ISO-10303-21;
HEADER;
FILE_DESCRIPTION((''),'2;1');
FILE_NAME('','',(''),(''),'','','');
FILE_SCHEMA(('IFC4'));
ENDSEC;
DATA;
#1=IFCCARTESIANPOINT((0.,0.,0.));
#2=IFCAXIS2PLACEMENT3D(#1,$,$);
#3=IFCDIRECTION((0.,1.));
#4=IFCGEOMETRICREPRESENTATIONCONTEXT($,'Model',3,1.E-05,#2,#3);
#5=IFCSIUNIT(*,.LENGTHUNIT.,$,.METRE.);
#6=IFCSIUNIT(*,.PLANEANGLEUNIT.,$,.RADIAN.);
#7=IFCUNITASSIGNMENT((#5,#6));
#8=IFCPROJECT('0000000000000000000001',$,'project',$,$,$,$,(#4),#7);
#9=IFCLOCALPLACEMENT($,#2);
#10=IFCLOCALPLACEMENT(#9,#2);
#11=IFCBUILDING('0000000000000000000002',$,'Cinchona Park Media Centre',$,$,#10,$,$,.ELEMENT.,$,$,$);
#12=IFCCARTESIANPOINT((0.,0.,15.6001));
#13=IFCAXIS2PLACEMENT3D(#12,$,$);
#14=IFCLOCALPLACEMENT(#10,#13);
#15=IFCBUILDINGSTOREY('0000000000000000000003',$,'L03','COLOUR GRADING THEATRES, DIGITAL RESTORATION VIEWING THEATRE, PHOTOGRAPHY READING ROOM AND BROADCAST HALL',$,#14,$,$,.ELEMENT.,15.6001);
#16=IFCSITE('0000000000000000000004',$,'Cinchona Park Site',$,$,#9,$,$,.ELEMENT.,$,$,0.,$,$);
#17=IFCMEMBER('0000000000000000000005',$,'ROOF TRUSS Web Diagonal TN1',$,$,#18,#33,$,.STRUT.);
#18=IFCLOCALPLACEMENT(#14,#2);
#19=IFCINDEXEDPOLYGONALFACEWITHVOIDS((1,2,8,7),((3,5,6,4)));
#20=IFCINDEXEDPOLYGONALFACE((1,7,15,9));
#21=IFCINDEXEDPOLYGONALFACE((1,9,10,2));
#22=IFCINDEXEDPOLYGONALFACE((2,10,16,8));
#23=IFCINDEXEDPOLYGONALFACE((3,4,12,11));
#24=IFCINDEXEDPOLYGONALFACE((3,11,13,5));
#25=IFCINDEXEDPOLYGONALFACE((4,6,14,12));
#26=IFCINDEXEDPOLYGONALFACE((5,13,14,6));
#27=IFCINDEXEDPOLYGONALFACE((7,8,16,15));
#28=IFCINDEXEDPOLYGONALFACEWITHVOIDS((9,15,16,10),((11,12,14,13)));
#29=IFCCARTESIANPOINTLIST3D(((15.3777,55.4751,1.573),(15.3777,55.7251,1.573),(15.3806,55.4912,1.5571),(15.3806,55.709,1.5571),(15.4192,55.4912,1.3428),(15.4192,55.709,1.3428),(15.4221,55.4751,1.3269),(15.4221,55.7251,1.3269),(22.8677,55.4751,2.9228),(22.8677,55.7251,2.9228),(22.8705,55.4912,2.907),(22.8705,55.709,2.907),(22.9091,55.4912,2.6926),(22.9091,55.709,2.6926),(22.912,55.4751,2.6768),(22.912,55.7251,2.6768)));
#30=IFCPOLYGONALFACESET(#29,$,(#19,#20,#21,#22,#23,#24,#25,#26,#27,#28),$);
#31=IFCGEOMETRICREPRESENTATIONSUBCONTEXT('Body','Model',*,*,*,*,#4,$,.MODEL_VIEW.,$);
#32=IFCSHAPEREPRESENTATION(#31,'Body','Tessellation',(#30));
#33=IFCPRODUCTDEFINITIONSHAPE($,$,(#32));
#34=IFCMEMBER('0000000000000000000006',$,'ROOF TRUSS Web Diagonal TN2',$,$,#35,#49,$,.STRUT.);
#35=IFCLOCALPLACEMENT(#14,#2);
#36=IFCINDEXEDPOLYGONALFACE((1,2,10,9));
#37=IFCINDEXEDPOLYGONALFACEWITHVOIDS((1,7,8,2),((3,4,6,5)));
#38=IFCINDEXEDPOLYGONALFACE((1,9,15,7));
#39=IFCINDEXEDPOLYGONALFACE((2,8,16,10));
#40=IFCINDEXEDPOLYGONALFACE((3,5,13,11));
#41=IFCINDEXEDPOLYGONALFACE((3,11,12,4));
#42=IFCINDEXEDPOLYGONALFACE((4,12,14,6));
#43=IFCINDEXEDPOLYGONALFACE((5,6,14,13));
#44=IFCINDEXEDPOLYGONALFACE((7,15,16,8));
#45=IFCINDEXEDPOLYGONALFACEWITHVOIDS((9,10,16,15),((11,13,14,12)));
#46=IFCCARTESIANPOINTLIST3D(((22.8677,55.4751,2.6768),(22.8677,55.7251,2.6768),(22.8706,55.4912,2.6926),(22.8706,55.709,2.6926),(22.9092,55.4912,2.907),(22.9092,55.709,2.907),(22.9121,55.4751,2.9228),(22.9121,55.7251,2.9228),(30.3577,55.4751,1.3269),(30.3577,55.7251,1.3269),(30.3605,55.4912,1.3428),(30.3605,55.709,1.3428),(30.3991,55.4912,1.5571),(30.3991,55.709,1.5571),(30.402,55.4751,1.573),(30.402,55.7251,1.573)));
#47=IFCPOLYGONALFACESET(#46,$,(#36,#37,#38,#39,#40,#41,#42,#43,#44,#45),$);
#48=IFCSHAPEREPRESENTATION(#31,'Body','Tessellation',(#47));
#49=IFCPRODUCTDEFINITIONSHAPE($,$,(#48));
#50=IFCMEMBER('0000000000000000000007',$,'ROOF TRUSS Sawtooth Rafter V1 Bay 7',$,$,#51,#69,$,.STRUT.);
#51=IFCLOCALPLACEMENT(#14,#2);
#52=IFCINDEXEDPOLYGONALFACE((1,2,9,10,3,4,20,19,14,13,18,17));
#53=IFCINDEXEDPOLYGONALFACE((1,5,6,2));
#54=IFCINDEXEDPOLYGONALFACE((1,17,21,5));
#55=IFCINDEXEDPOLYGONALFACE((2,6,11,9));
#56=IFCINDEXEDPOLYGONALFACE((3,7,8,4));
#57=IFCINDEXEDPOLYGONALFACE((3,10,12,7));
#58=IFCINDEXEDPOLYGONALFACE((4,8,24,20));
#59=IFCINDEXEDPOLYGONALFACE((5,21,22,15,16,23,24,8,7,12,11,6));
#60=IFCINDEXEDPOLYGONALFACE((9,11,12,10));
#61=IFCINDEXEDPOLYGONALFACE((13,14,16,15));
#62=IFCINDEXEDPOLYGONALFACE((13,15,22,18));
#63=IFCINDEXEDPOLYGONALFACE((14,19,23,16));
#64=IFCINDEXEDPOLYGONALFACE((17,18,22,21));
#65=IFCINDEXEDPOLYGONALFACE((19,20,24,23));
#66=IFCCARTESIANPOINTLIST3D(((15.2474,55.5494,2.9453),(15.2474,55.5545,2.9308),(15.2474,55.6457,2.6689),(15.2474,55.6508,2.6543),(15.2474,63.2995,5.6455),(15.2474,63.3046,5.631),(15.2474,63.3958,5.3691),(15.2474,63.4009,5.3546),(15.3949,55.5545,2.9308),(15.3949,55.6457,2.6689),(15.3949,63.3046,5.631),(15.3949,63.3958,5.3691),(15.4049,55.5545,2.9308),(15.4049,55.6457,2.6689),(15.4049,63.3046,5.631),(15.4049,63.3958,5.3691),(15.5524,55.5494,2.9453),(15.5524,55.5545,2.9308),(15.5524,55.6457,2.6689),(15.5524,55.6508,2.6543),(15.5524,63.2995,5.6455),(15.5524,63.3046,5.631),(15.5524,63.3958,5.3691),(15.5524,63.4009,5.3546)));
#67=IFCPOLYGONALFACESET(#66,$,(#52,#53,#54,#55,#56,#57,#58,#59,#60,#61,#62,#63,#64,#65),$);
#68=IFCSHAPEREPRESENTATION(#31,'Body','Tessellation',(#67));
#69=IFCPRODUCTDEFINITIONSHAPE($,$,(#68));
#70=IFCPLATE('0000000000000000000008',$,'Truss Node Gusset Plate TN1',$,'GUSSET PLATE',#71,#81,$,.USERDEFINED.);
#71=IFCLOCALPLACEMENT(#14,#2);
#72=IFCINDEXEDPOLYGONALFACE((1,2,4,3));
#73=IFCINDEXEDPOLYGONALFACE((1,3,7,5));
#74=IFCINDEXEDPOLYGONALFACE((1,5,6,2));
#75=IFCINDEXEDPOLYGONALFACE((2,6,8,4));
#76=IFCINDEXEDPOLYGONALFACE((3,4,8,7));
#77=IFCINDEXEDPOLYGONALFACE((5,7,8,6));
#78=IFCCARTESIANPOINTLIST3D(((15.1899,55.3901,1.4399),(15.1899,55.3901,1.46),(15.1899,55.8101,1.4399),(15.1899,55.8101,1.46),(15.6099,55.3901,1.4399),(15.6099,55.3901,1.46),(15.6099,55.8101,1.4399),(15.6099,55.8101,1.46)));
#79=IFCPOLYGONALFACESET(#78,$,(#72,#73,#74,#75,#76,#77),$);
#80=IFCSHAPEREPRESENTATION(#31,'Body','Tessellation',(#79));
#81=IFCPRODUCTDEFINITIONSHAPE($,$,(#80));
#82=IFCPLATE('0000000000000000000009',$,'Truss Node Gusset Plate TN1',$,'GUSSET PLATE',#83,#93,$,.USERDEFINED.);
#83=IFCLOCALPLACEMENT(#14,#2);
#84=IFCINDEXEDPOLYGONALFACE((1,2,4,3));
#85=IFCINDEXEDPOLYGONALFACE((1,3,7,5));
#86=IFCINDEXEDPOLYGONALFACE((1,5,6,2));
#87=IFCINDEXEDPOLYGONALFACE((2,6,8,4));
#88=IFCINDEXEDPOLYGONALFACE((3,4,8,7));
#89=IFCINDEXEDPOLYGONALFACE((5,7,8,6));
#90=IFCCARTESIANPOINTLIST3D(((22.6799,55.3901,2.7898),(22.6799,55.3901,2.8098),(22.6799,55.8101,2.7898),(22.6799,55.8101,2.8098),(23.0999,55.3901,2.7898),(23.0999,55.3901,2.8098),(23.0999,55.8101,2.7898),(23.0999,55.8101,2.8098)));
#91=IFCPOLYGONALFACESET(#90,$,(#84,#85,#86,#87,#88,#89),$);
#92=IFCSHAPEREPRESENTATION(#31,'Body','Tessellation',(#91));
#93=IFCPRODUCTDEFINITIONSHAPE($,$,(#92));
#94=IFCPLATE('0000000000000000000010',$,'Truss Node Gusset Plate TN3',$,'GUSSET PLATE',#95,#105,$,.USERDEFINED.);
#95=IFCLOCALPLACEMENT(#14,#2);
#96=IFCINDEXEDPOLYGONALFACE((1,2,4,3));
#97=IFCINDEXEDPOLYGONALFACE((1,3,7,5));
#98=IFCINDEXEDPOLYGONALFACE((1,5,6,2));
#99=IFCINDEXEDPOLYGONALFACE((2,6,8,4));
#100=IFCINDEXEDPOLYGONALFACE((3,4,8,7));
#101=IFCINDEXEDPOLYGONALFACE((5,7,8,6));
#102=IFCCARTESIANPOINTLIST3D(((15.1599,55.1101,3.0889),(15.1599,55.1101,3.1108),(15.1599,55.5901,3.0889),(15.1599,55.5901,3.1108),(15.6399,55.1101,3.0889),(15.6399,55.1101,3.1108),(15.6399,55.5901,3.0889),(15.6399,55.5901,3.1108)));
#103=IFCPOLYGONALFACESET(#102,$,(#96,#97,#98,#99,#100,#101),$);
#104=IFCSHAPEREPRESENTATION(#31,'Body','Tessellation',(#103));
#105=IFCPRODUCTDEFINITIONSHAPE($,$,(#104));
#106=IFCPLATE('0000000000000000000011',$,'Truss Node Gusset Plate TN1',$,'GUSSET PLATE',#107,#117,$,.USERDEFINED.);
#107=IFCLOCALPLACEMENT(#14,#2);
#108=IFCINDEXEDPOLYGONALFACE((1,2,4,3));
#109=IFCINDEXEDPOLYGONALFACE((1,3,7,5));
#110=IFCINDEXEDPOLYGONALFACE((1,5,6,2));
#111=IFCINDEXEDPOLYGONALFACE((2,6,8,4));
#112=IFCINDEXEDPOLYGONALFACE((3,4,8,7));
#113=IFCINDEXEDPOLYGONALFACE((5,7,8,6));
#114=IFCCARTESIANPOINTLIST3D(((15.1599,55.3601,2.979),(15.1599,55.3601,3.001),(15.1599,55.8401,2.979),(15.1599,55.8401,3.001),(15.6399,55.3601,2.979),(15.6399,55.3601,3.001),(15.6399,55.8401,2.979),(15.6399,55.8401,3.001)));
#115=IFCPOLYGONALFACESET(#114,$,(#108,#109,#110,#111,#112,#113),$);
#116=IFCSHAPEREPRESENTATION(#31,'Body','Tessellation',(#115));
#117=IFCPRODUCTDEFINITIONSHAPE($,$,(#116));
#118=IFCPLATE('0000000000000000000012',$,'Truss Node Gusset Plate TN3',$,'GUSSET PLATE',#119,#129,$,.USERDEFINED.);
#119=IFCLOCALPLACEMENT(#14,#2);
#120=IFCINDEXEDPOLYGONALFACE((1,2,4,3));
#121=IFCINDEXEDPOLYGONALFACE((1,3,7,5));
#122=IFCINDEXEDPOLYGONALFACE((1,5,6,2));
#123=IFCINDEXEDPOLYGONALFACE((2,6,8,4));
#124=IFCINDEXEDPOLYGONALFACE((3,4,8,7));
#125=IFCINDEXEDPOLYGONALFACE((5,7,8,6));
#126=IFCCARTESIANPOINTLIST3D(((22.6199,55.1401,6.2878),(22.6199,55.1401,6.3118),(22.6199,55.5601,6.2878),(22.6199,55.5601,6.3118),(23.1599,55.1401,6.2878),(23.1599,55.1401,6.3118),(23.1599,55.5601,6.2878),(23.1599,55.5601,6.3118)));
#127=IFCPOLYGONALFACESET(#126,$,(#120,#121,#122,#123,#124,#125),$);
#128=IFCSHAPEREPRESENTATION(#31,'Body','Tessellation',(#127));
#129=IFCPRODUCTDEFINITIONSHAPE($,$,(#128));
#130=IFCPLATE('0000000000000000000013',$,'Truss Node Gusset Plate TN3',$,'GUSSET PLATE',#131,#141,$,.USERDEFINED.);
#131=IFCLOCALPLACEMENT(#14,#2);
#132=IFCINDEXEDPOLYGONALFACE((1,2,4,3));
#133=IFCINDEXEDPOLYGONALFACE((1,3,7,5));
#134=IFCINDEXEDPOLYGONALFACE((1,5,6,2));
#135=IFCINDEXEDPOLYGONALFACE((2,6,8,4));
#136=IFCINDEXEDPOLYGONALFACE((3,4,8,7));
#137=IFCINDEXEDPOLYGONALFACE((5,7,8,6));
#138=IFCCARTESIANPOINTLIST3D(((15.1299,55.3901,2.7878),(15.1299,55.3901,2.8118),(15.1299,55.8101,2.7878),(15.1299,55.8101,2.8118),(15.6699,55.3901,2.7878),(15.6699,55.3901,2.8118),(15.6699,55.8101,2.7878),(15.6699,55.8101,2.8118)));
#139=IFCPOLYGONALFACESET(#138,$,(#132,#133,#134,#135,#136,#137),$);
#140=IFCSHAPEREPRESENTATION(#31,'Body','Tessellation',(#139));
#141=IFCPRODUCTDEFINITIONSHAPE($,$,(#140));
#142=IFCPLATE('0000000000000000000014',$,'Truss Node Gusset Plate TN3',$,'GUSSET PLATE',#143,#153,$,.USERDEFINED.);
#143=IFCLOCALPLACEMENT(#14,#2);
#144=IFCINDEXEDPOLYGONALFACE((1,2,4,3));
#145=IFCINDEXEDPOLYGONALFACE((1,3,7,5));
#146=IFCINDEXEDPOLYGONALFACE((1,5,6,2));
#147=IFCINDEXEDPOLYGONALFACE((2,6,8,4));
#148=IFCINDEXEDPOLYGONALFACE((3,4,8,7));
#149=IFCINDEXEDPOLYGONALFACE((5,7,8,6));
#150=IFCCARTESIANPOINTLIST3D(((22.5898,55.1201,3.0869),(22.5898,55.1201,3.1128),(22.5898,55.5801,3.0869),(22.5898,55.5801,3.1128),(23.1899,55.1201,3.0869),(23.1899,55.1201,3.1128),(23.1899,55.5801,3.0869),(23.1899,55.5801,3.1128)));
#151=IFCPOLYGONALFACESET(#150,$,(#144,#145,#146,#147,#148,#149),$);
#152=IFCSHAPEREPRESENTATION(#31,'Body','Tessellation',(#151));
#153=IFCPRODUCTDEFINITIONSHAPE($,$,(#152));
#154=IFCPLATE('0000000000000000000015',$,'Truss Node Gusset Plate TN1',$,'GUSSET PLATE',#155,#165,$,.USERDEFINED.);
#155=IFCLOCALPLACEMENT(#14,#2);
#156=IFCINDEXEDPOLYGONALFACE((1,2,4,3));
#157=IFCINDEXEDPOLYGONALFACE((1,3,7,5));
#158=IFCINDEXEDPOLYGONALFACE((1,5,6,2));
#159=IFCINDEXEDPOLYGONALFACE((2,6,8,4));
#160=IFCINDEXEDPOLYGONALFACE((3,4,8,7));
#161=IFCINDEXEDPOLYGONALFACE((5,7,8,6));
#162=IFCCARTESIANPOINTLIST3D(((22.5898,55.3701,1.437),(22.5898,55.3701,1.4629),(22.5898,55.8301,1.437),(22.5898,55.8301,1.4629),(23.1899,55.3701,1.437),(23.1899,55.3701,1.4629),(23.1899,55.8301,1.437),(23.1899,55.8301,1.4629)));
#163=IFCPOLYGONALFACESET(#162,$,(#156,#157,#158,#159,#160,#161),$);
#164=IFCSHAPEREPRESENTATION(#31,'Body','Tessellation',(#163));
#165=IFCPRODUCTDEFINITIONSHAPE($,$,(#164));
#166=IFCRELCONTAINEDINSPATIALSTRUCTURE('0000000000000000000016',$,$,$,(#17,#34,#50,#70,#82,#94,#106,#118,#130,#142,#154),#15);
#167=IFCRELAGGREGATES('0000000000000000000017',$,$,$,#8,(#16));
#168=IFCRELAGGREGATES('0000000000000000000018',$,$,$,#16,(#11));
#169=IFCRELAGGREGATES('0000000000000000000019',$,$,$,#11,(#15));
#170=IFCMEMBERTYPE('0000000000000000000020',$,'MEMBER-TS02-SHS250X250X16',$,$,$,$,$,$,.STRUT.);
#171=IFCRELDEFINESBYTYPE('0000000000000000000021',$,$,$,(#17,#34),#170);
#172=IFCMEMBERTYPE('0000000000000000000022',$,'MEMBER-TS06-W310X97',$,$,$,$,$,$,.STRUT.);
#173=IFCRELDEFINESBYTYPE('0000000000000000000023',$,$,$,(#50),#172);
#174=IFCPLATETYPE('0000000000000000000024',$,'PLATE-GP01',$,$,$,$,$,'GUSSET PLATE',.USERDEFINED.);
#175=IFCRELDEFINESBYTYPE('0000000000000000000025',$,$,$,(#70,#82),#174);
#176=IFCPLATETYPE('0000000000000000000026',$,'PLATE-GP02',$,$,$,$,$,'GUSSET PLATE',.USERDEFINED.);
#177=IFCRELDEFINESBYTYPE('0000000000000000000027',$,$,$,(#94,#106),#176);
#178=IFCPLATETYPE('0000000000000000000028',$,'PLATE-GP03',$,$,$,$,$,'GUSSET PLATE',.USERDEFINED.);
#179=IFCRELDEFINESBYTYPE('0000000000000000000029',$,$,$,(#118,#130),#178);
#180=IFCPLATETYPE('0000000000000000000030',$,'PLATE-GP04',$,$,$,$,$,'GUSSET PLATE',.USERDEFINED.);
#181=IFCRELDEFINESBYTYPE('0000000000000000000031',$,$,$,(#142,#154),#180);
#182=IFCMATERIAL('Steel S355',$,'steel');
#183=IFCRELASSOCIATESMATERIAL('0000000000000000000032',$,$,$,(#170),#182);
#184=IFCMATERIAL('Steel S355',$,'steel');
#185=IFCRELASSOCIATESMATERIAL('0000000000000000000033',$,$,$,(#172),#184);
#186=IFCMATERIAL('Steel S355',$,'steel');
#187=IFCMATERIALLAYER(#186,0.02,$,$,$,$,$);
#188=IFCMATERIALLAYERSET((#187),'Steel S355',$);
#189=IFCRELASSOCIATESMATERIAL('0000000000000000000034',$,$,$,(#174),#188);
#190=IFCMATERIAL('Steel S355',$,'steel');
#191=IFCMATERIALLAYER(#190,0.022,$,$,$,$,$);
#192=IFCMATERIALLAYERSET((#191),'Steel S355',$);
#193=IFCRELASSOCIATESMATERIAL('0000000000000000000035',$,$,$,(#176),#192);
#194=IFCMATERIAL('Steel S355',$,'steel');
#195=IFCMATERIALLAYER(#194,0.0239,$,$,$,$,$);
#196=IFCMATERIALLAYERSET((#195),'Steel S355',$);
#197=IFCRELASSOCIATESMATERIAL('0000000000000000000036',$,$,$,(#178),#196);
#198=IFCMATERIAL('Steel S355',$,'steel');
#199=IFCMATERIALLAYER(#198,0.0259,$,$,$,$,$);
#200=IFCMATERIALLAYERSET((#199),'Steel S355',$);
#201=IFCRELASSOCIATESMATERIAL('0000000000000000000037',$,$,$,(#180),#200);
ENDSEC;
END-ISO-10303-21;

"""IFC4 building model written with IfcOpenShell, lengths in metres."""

from ifc_helpers import new_model, si_unit, direction, frame, origin, origin_2d, place, context, subcontext, project, spatial, rectangle, hollow_rectangle, i_section, extrude, material, layer, layer_set, material_profile, profile_set, type_object, element, save


model = new_model("IFC4")

# Units and contexts
model_context = context("Model", 3, precision=1e-05, world=origin(), true_north=direction((0.0, 1.0)))
body_context = subcontext(model_context, "Body", "Model", "MODEL_VIEW")
ifc_project = project(units=[si_unit("LENGTHUNIT", "METRE"), si_unit("PLANEANGLEUNIT", "RADIAN")], contexts=[model_context])

# Site, building, storey
site_placement = place(None, origin())
site = spatial("IfcSite", under=ifc_project, at=site_placement, Name="Cinchona Park Site", CompositionType="ELEMENT", RefElevation=0.0)
building_placement = place(site_placement, origin())
building = spatial("IfcBuilding", under=site, at=building_placement, Name="Cinchona Park Media Centre", CompositionType="ELEMENT")
storey_placement = place(building_placement, frame((0.0, 0.0, 15.6001)))
storey = spatial("IfcBuildingStorey", under=building, at=storey_placement, Name="L03", Description="COLOUR GRADING THEATRES, DIGITAL RESTORATION VIEWING THEATRE, PHOTOGRAPHY READING ROOM AND BROADCAST HALL", CompositionType="ELEMENT", Elevation=15.6001)

# Members
ifc_material_1 = material(Name="Steel S355", Category="steel")
ifc_material_profile_1 = material_profile(ifc_material_1, hollow_rectangle(XDim=0.25, YDim=0.25, WallThickness=0.0161, at=origin_2d()), Name="250X250X16SHS")
ifc_profile_set_1 = profile_set([ifc_material_profile_1], Name="Steel S355")
member_type_1 = type_object("IfcMemberType", Name="MEMBER-TS02-SHS250X250X16", PredefinedType="STRUT", material=ifc_profile_set_1)
for number, where, z_axis, x_axis, name in (
    (1, (15.3999, 55.6001, 1.45), (0.984145, 0.0, 0.177364), (0.0, 1.0, 0.0), "ROOF TRUSS Web Diagonal TN1"),
    (2, (22.8899, 55.6001, 2.7998), (0.984145, 0.0, -0.177364), (0.0, 1.0, 0.0), "ROOF TRUSS Web Diagonal TN2"),
):
    element("IfcMember", number, at=place(storey_placement, frame(where, z_axis=z_axis, x_axis=x_axis)), inside=storey, type_object=member_type_1, Name=name, PredefinedType="STRUT", context=body_context, shape_type="SweptSolid", body=[
        extrude(hollow_rectangle(XDim=0.25, YDim=0.25, WallThickness=0.0161, at=origin_2d()), origin(), (0.0, 0.0, 1.0), 7.6106),
    ])
ifc_material_2 = material(Name="Steel S355", Category="steel")
ifc_material_profile_2 = material_profile(ifc_material_2, i_section(OverallWidth=0.3049, OverallDepth=0.3081, WebThickness=0.01, FlangeThickness=0.0154, at=origin_2d()), Name="W310X97")
ifc_profile_set_2 = profile_set([ifc_material_profile_2], Name="Steel S355")
member_type_2 = type_object("IfcMemberType", Name="MEMBER-TS06-W310X97", PredefinedType="STRUT", material=ifc_profile_set_2)
member_1_placement = place(storey_placement, frame((15.3999, 55.6001, 2.7998), z_axis=(0.0, 0.944325, 0.329014), x_axis=(-1.0, 0.0, 0.0)))
element("IfcMember", 3, at=member_1_placement, inside=storey, type_object=member_type_2, Name="ROOF TRUSS Sawtooth Rafter V1 Bay 7", PredefinedType="STRUT", context=body_context, shape_type="SweptSolid", body=[
    extrude(i_section(OverallWidth=0.3049, OverallDepth=0.3081, WebThickness=0.01, FlangeThickness=0.0154, at=origin_2d()), origin(), (0.0, 0.0, 1.0), 8.207),
])

# Plates
ifc_material_3 = material(Name="Steel S355", Category="steel")
ifc_layer_1 = layer(ifc_material_3, 0.02)
ifc_layer_set_1 = layer_set([ifc_layer_1], Name="Steel S355")
plate_type_1 = type_object("IfcPlateType", Name="PLATE-GP01", ElementType="GUSSET PLATE", PredefinedType="USERDEFINED", material=ifc_layer_set_1)
for number, where, z_axis, x_axis, name in (
    (4, (15.3999, 55.6001, 1.4399), (0.0, 0.0, 1.0), (1.0, 0.0, 0.0), "Truss Node Gusset Plate TN1"),
    (5, (22.8899, 55.6001, 2.7898), (0.0, 0.0, 1.0), (1.0, 0.0, 0.0), "Truss Node Gusset Plate TN1"),
):
    element("IfcPlate", number, at=place(storey_placement, frame(where, z_axis=z_axis, x_axis=x_axis)), inside=storey, type_object=plate_type_1, Name=name, ObjectType="GUSSET PLATE", PredefinedType="USERDEFINED", context=body_context, shape_type="SweptSolid", body=[
        extrude(rectangle(XDim=0.4199, YDim=0.4199, at=origin_2d()), origin(), (0.0, 0.0, 1.0), 0.02),
    ])
ifc_material_4 = material(Name="Steel S355", Category="steel")
ifc_layer_2 = layer(ifc_material_4, 0.022)
ifc_layer_set_2 = layer_set([ifc_layer_2], Name="Steel S355")
plate_type_2 = type_object("IfcPlateType", Name="PLATE-GP02", ElementType="GUSSET PLATE", PredefinedType="USERDEFINED", material=ifc_layer_set_2)
for number, where, z_axis, x_axis, name in (
    (6, (15.3999, 55.3501, 3.0889), (0.0, 0.0, 1.0), (1.0, 0.0, 0.0), "Truss Node Gusset Plate TN3"),
    (7, (15.3999, 55.6001, 2.979), (0.0, 0.0, 1.0), (1.0, 0.0, 0.0), "Truss Node Gusset Plate TN1"),
):
    element("IfcPlate", number, at=place(storey_placement, frame(where, z_axis=z_axis, x_axis=x_axis)), inside=storey, type_object=plate_type_2, Name=name, ObjectType="GUSSET PLATE", PredefinedType="USERDEFINED", context=body_context, shape_type="SweptSolid", body=[
        extrude(rectangle(XDim=0.48, YDim=0.48, at=origin_2d()), origin(), (0.0, 0.0, 1.0), 0.022),
    ])
ifc_material_5 = material(Name="Steel S355", Category="steel")
ifc_layer_3 = layer(ifc_material_5, 0.0239)
ifc_layer_set_3 = layer_set([ifc_layer_3], Name="Steel S355")
plate_type_3 = type_object("IfcPlateType", Name="PLATE-GP03", ElementType="GUSSET PLATE", PredefinedType="USERDEFINED", material=ifc_layer_set_3)
for number, where, z_axis, x_axis, name in (
    (8, (22.8899, 55.3501, 6.2878), (0.0, 0.0, 1.0), (1.0, 0.0, 0.0), "Truss Node Gusset Plate TN3"),
    (9, (15.3999, 55.6001, 2.7878), (0.0, 0.0, 1.0), (1.0, 0.0, 0.0), "Truss Node Gusset Plate TN3"),
):
    element("IfcPlate", number, at=place(storey_placement, frame(where, z_axis=z_axis, x_axis=x_axis)), inside=storey, type_object=plate_type_3, Name=name, ObjectType="GUSSET PLATE", PredefinedType="USERDEFINED", context=body_context, shape_type="SweptSolid", body=[
        extrude(rectangle(XDim=0.54, YDim=0.4199, at=origin_2d()), origin(), (0.0, 0.0, 1.0), 0.0239),
    ])
ifc_material_6 = material(Name="Steel S355", Category="steel")
ifc_layer_4 = layer(ifc_material_6, 0.0259)
ifc_layer_set_4 = layer_set([ifc_layer_4], Name="Steel S355")
plate_type_4 = type_object("IfcPlateType", Name="PLATE-GP04", ElementType="GUSSET PLATE", PredefinedType="USERDEFINED", material=ifc_layer_set_4)
for number, where, z_axis, x_axis, name in (
    (10, (22.8899, 55.3501, 3.0869), (0.0, 0.0, 1.0), (1.0, 0.0, 0.0), "Truss Node Gusset Plate TN3"),
    (11, (22.8899, 55.6001, 1.437), (0.0, 0.0, 1.0), (1.0, 0.0, 0.0), "Truss Node Gusset Plate TN1"),
):
    element("IfcPlate", number, at=place(storey_placement, frame(where, z_axis=z_axis, x_axis=x_axis)), inside=storey, type_object=plate_type_4, Name=name, ObjectType="GUSSET PLATE", PredefinedType="USERDEFINED", context=body_context, shape_type="SweptSolid", body=[
        extrude(rectangle(XDim=0.6001, YDim=0.46, at=origin_2d()), origin(), (0.0, 0.0, 1.0), 0.0259),
    ])

save(model, "model.ifc")
